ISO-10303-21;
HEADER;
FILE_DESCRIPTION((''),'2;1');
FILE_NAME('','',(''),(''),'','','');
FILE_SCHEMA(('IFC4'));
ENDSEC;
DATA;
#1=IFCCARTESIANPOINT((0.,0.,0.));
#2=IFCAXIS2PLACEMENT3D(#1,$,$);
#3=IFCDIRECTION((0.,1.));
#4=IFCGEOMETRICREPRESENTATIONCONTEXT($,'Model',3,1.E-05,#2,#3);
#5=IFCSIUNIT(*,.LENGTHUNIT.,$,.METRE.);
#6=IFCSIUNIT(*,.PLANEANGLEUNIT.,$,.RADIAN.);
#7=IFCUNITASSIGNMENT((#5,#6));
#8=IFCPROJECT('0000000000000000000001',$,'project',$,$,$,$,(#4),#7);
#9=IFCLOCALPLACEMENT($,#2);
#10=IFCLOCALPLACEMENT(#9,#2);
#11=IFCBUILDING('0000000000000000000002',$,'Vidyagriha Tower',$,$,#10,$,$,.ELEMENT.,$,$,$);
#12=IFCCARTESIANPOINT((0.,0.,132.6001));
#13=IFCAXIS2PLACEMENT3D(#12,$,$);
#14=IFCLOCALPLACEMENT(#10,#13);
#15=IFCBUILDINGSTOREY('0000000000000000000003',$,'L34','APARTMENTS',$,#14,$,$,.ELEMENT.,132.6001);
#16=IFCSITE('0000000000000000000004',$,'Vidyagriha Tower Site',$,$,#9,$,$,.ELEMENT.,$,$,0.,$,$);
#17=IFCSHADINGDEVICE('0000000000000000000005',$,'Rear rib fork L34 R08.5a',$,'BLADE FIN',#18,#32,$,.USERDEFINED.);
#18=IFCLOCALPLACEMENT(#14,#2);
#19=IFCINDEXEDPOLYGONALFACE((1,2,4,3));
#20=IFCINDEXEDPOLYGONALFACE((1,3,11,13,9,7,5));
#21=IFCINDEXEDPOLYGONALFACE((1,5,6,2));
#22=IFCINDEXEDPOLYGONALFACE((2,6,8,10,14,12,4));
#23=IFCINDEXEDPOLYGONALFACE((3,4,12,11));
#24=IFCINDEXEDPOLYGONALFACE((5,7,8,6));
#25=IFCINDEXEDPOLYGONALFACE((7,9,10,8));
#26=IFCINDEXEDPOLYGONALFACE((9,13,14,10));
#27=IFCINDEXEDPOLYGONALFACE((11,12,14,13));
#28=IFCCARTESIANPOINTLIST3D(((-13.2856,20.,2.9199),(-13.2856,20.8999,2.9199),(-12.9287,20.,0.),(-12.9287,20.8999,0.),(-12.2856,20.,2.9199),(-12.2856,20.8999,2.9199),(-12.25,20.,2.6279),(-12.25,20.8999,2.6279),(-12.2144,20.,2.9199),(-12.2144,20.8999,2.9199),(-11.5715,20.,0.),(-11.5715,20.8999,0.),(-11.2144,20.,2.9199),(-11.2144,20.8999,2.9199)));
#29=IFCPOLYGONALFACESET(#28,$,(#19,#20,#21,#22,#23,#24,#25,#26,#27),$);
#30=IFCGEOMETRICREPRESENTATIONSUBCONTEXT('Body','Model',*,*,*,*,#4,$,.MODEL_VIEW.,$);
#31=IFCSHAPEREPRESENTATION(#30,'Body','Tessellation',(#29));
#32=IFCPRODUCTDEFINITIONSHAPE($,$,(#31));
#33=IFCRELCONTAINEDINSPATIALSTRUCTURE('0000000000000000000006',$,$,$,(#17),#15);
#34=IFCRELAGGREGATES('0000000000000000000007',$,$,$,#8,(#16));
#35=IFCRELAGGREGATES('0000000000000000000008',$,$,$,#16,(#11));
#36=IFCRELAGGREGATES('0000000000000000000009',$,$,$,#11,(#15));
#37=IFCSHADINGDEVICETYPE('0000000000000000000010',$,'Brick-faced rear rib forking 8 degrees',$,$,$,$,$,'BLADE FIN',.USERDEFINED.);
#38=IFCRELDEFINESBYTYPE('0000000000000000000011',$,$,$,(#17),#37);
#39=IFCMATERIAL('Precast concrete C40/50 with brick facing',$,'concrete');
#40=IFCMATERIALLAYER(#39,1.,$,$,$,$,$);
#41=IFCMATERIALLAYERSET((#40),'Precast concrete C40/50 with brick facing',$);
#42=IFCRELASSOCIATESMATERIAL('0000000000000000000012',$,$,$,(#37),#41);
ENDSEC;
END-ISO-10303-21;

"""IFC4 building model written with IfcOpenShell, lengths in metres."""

from ifc_helpers import new_model, si_unit, direction, frame, origin, place, context, subcontext, project, spatial, polyline, outline, extrude, material, layer, layer_set, type_object, element, save


model = new_model("IFC4")

# Units and contexts
model_context = context("Model", 3, precision=1e-05, world=origin(), true_north=direction((0.0, 1.0)))
body_context = subcontext(model_context, "Body", "Model", "MODEL_VIEW")
ifc_project = project(units=[si_unit("LENGTHUNIT", "METRE"), si_unit("PLANEANGLEUNIT", "RADIAN")], contexts=[model_context])

# Site, building, storey
site_placement = place(None, origin())
site = spatial("IfcSite", under=ifc_project, at=site_placement, Name="Vidyagriha Tower Site", CompositionType="ELEMENT", RefElevation=0.0)
building_placement = place(site_placement, origin())
building = spatial("IfcBuilding", under=site, at=building_placement, Name="Vidyagriha Tower", CompositionType="ELEMENT")
storey_placement = place(building_placement, frame((0.0, 0.0, 132.6001)))
storey = spatial("IfcBuildingStorey", under=building, at=storey_placement, Name="L34", Description="APARTMENTS", CompositionType="ELEMENT", Elevation=132.6001)

# Shading device
ifc_material_1 = material(Name="Precast concrete C40/50 with brick facing", Category="concrete")
ifc_layer_1 = layer(ifc_material_1, 1.0)
ifc_layer_set_1 = layer_set([ifc_layer_1], Name="Precast concrete C40/50 with brick facing")
shading_device_type = type_object("IfcShadingDeviceType", Name="Brick-faced rear rib forking 8 degrees", ElementType="BLADE FIN", PredefinedType="USERDEFINED", material=ifc_layer_set_1)
shading_device_placement = place(storey_placement, frame((-11.2144, 20.45, 0.0), z_axis=(0.0, 0.0, 1.0), x_axis=(-1.0, 0.0, 0.0)))
element("IfcShadingDevice", 1, at=shading_device_placement, inside=storey, type_object=shading_device_type, Name="Rear rib fork L34 R08.5a", ObjectType="BLADE FIN", PredefinedType="USERDEFINED", context=body_context, shape_type="SweptSolid", body=[
    extrude(outline(polyline([(0.3572, 0.0), (1.7144, 0.0), (2.0713, 2.9199), (1.0713, 2.9199), (1.0356, 2.6279), (1.0, 2.9199), (0.0, 2.9199), (0.3572, 0.0)])), frame((0.0, 0.45, 0.0), z_axis=(0.0, -1.0, 0.0), x_axis=(1.0, 0.0, 0.0)), (0.0, 0.0, 1.0), 0.8999),
])

save(model, "model.ifc")
